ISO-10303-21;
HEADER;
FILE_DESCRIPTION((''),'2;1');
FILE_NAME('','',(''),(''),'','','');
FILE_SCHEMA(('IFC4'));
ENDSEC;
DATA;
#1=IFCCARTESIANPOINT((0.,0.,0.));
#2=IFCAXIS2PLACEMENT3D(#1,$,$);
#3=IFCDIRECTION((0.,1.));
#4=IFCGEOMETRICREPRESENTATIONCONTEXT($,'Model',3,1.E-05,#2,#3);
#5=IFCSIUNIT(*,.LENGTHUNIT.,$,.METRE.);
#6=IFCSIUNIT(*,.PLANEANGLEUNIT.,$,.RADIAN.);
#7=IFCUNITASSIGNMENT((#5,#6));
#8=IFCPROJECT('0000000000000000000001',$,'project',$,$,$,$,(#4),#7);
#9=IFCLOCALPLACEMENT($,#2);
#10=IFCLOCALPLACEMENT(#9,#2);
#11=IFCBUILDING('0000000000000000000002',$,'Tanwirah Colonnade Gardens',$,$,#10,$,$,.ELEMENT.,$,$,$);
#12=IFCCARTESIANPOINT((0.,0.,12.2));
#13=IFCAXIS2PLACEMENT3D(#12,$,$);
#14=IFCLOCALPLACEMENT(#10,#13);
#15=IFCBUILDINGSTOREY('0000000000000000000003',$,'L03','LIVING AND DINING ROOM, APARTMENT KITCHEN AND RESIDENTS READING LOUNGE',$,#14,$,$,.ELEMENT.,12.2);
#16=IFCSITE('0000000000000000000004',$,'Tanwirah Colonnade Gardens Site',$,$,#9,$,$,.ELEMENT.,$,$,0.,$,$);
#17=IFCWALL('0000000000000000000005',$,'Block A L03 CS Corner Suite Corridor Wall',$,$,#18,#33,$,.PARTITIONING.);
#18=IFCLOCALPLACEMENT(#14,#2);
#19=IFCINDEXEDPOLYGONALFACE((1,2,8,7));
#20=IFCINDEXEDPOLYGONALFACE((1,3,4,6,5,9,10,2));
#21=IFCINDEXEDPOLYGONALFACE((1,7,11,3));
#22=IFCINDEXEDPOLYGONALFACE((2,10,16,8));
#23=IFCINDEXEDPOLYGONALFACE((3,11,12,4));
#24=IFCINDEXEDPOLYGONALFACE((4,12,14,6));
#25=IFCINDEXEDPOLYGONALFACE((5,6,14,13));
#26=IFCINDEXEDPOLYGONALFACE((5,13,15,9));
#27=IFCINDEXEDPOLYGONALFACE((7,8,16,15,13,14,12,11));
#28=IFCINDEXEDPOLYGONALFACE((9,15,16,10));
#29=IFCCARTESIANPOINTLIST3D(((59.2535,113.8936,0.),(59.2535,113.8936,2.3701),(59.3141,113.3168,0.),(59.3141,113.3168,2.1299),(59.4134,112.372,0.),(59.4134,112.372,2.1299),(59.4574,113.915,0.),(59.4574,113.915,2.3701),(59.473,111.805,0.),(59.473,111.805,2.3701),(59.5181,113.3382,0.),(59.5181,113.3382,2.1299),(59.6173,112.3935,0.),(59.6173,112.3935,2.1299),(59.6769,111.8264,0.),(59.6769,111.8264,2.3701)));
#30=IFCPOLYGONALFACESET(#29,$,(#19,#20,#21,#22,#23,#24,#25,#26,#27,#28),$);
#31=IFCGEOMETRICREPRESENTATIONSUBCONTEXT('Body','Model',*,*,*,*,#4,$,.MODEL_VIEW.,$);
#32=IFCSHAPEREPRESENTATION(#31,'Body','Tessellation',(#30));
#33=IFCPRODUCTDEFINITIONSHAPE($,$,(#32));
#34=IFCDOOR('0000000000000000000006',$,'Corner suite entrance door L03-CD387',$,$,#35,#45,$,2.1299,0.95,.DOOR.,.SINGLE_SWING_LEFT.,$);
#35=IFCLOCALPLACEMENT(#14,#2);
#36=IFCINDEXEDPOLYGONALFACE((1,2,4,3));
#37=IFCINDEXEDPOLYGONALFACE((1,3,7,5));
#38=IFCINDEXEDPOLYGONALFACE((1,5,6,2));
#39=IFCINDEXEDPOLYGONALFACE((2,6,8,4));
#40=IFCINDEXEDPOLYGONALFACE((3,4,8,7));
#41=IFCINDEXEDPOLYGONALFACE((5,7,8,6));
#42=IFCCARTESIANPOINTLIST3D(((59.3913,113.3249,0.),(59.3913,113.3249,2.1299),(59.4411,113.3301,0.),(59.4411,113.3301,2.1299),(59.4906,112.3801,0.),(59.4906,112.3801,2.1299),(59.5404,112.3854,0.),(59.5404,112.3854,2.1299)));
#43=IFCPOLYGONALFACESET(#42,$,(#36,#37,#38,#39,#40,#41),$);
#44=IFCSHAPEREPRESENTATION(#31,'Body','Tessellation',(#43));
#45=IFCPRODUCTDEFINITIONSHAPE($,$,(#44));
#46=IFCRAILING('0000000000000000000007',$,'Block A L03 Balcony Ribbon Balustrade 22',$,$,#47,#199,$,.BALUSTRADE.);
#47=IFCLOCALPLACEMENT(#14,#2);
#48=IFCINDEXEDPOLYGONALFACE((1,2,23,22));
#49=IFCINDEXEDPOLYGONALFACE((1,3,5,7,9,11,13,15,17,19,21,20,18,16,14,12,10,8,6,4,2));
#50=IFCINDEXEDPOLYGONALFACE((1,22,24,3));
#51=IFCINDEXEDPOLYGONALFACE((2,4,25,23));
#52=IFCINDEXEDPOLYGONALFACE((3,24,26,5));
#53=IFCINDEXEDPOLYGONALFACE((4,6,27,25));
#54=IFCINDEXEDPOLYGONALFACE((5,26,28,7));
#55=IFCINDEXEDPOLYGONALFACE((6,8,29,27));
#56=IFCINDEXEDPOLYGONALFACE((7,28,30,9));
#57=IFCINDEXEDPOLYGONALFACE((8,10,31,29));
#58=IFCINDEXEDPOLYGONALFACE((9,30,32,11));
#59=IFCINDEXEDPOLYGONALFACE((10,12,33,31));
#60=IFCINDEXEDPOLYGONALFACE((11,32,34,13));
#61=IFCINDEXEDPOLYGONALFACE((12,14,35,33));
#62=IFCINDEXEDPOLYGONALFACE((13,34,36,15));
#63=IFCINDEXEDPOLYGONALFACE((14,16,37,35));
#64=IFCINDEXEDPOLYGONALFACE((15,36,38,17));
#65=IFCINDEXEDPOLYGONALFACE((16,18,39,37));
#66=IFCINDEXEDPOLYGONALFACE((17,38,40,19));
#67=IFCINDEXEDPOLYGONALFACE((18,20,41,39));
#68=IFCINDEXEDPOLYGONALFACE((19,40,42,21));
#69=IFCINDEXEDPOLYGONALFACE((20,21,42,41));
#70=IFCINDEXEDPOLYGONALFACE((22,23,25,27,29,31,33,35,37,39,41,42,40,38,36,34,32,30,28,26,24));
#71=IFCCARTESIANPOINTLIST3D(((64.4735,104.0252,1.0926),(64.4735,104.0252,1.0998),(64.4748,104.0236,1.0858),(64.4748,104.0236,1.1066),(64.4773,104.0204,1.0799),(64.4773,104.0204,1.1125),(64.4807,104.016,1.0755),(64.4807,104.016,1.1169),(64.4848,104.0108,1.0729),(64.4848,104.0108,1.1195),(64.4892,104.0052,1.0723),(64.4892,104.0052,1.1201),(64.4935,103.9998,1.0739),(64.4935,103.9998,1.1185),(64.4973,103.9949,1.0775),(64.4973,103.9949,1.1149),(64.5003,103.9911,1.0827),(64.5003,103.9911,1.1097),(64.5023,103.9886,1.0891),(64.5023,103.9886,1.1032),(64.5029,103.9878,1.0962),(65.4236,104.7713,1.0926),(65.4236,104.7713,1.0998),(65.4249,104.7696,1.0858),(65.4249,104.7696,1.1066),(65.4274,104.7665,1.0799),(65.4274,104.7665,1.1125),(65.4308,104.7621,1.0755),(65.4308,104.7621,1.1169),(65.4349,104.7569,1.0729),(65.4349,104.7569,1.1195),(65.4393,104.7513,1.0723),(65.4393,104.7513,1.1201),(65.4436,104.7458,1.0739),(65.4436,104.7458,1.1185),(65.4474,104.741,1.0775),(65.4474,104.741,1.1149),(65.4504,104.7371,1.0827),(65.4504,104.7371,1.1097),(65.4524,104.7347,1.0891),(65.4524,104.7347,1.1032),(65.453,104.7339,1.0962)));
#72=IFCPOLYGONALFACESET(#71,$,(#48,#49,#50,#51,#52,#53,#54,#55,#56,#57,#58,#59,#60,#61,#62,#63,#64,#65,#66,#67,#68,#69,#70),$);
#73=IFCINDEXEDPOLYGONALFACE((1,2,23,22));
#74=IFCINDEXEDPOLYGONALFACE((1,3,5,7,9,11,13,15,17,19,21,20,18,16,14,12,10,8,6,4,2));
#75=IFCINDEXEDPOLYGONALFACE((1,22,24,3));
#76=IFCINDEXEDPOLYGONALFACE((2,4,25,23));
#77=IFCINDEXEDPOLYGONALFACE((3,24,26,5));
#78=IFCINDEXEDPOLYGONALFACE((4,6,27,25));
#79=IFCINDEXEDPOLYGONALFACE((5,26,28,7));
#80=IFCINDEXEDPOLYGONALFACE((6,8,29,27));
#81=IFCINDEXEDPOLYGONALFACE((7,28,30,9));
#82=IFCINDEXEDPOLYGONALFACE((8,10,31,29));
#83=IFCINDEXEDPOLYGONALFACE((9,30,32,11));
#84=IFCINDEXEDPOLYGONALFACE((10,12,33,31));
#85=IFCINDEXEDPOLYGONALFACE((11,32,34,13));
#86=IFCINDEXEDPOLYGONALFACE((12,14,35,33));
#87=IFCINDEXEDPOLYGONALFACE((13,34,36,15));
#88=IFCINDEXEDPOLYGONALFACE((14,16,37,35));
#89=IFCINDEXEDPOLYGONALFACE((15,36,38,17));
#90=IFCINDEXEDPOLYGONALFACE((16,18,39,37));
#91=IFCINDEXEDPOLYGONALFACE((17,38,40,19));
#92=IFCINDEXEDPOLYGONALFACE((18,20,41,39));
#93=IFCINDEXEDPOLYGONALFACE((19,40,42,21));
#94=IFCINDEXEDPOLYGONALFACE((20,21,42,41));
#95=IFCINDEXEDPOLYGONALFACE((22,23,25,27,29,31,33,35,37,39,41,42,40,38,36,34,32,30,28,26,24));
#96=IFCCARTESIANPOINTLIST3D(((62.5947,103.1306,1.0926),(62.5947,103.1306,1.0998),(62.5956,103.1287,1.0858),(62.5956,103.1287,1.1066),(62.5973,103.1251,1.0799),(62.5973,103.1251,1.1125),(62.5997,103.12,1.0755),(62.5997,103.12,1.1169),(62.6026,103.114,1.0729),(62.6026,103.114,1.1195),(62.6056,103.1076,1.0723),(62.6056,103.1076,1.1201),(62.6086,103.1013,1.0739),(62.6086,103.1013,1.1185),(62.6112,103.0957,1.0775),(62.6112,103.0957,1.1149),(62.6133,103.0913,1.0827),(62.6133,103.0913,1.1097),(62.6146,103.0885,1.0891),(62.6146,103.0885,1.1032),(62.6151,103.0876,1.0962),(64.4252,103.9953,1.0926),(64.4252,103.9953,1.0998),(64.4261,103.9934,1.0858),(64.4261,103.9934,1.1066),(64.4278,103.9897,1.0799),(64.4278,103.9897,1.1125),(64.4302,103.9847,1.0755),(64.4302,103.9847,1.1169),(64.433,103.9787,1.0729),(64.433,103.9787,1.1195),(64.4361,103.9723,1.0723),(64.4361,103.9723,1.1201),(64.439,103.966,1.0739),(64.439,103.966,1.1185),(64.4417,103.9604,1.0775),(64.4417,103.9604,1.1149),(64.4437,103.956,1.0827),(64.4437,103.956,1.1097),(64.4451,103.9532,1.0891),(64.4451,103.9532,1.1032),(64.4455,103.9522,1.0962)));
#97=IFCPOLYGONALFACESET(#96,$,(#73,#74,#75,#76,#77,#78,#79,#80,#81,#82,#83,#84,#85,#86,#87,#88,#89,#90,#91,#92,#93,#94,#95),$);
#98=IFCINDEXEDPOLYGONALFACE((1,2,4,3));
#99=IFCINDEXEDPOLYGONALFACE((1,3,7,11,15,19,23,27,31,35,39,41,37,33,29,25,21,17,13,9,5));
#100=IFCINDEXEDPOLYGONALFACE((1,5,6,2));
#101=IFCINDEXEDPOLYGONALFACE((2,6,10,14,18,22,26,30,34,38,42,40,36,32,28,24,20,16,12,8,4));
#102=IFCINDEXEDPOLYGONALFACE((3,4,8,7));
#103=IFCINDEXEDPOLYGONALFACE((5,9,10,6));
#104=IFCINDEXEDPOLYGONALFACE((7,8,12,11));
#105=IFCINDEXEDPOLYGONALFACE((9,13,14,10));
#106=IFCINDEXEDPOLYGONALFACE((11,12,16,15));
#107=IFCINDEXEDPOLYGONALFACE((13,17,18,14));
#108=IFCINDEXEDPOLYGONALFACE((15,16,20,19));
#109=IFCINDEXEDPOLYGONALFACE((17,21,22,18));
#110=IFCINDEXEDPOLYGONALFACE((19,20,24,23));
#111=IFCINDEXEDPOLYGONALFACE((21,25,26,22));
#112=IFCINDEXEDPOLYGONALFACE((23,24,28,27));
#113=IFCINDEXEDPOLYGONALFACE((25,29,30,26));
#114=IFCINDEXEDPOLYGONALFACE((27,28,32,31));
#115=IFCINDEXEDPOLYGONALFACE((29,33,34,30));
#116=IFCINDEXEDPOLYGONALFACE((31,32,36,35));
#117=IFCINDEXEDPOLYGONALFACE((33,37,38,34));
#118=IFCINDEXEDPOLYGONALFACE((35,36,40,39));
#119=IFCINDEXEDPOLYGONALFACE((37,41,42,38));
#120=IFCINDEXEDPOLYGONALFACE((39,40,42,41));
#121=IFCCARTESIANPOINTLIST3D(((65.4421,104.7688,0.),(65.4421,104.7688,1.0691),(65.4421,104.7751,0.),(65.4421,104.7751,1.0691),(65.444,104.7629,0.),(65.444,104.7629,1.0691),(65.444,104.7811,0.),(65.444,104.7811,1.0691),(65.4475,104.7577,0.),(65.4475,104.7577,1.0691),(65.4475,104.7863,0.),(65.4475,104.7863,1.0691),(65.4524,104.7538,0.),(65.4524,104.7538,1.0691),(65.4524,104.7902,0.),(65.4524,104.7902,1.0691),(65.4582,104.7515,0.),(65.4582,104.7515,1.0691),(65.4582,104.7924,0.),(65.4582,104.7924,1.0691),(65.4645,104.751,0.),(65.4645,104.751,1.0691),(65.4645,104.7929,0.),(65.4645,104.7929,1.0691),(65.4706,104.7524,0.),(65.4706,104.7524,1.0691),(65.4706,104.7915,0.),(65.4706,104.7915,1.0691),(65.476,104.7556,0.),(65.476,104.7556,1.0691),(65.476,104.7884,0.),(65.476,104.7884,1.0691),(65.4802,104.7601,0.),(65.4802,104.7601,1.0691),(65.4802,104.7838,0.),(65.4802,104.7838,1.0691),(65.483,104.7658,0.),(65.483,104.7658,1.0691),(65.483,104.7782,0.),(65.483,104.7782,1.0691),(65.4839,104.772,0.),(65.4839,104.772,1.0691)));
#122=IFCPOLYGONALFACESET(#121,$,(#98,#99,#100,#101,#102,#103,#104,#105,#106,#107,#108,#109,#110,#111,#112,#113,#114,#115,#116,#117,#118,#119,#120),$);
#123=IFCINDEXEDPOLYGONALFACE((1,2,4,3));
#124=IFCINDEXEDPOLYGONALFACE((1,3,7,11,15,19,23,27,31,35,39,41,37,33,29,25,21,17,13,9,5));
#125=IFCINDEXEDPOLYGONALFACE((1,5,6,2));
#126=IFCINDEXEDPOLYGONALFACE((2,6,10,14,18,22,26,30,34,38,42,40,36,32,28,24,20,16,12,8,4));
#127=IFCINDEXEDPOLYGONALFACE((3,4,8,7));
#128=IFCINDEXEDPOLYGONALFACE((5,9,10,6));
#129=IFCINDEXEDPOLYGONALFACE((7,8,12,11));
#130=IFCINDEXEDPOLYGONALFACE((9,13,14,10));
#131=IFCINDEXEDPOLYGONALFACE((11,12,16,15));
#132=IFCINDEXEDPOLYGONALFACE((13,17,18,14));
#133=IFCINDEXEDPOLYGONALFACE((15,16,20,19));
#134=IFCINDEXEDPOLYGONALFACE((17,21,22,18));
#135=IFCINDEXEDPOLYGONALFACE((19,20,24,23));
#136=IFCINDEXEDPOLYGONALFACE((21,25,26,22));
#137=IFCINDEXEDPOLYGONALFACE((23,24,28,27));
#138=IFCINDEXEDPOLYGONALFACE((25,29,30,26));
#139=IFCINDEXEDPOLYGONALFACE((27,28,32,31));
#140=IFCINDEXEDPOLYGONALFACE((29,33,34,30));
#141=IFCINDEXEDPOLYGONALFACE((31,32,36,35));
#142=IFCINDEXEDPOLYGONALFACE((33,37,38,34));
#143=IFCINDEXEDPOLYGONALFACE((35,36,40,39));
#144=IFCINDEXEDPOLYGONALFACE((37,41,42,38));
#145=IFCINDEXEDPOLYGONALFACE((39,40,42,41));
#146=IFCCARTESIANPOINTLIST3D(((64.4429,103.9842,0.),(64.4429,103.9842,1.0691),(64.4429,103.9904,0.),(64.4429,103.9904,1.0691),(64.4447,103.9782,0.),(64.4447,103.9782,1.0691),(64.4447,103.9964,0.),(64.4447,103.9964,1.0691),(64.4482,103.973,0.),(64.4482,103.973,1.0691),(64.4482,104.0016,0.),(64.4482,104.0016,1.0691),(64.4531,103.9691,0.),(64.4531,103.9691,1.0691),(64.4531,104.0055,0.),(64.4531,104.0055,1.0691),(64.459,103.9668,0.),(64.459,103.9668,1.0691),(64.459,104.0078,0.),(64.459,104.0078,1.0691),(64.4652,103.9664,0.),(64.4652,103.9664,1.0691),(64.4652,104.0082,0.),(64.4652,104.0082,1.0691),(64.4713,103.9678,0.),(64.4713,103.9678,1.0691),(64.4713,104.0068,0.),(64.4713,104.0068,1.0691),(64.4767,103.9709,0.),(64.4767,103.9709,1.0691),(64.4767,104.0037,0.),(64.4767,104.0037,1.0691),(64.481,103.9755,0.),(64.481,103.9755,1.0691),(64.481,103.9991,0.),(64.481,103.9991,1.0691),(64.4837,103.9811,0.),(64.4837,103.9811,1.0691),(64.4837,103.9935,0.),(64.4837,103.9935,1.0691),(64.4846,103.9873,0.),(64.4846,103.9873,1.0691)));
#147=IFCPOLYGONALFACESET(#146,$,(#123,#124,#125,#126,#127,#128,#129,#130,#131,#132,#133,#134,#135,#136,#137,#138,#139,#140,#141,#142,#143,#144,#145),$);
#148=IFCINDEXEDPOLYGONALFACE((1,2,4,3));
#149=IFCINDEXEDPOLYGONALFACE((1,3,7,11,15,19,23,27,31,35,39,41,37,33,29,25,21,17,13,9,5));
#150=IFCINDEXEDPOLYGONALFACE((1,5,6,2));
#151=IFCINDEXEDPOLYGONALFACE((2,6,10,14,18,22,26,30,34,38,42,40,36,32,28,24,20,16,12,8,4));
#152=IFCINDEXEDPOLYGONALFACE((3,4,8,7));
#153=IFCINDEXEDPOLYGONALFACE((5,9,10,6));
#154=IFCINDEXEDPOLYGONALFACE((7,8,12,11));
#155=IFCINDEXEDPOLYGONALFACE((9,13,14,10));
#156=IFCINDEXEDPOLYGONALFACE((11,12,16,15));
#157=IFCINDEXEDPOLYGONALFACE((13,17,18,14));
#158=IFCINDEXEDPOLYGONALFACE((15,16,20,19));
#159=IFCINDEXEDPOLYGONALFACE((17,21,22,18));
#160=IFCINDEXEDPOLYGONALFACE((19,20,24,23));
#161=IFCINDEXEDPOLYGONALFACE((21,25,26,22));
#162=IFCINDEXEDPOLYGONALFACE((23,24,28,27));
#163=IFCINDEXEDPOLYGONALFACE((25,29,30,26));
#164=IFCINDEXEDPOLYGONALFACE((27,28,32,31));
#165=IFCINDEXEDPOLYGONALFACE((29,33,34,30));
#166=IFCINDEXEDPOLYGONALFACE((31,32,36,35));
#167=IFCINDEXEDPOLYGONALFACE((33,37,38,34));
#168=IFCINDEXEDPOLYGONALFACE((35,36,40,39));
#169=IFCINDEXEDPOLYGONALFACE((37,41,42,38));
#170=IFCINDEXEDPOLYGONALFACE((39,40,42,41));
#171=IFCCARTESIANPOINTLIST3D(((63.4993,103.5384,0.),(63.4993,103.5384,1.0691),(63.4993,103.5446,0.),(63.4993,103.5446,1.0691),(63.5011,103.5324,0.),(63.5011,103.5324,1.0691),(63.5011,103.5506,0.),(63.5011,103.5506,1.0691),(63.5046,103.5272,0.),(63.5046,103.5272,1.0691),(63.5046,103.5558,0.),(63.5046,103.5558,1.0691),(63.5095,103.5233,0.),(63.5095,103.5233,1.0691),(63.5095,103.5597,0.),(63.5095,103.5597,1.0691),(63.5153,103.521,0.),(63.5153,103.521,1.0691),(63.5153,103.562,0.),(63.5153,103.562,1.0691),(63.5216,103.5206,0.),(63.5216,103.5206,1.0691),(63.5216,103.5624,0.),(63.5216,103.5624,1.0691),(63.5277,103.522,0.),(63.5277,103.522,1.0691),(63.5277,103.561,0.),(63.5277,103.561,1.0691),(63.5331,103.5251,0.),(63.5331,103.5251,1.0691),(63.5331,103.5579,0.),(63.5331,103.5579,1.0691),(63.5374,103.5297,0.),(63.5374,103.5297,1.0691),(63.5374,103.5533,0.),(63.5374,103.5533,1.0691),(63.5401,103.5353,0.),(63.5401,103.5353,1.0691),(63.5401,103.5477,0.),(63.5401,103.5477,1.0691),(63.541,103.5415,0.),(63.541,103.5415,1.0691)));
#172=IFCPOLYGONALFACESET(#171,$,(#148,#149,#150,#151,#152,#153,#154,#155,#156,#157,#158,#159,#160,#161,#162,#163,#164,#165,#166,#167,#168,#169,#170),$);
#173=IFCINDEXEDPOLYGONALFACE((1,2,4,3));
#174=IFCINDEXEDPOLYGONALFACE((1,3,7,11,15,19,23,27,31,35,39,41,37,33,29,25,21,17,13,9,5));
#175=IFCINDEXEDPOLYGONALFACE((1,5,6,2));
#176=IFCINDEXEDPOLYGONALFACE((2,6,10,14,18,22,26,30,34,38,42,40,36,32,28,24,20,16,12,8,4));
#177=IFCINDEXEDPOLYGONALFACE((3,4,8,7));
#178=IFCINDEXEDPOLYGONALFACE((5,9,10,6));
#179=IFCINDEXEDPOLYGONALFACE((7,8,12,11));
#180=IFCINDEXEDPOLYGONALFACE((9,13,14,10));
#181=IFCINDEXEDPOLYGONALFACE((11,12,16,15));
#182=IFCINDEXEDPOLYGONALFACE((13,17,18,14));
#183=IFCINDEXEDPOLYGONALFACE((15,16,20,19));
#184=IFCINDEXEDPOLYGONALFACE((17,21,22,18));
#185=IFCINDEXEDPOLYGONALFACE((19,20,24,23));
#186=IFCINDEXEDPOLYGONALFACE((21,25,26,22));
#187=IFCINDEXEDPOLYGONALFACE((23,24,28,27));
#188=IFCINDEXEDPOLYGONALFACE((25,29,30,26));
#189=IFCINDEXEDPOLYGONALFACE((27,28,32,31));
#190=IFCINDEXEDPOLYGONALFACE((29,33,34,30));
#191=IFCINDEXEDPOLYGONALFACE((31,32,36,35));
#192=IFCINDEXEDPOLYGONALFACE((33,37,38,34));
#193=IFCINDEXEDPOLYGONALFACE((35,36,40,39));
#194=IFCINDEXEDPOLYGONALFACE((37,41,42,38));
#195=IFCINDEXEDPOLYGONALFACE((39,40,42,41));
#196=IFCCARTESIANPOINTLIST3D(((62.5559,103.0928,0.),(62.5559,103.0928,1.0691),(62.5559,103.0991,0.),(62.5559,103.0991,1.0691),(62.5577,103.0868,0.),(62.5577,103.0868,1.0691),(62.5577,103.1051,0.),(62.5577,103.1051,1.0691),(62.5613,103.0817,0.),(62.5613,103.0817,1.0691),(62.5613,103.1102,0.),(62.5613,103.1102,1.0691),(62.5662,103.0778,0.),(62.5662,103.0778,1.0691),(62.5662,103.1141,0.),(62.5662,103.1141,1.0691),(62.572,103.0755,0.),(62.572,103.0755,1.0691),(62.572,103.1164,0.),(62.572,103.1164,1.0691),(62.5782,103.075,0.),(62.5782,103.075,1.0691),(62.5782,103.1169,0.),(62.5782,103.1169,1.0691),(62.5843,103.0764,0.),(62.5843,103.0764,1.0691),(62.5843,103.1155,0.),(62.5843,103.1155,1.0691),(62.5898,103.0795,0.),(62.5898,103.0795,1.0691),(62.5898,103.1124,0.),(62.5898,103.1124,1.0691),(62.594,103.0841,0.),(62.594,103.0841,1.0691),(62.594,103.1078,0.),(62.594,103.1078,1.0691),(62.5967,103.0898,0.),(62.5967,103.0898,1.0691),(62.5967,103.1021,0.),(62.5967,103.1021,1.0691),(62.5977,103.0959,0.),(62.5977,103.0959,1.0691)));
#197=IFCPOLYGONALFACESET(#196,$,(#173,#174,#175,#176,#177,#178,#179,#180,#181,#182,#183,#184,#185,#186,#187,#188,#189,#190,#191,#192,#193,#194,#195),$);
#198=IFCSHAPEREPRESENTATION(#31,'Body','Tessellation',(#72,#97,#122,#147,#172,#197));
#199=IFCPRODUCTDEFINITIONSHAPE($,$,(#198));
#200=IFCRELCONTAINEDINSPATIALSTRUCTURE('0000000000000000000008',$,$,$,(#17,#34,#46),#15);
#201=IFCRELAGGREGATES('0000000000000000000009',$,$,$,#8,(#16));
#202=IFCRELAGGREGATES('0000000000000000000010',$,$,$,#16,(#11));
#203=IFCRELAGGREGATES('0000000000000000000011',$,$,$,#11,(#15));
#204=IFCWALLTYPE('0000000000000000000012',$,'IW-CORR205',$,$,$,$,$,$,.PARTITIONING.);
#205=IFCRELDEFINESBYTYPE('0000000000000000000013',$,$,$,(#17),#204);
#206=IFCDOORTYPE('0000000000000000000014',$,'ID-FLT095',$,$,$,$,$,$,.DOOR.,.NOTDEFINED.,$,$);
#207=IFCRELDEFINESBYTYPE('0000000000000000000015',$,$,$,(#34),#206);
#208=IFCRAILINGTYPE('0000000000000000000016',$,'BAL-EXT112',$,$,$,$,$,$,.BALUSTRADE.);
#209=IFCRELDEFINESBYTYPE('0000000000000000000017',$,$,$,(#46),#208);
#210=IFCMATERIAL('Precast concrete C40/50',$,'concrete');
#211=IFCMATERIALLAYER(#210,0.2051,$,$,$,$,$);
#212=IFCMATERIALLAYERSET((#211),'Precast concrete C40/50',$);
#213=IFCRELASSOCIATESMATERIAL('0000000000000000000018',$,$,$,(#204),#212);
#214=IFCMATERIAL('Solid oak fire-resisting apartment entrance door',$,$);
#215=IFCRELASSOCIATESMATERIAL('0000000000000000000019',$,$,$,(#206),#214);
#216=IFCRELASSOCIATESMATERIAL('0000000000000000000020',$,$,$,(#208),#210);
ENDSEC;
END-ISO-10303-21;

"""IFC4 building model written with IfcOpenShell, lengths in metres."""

from ifc_helpers import new_model, si_unit, direction, frame, frame_2d, origin, origin_2d, place, context, subcontext, project, spatial, rectangle, circle, extrude, material, layer, layer_set, type_object, element, fill, save


model = new_model("IFC4")

# Units and contexts
model_context = context("Model", 3, precision=1e-05, world=origin(), true_north=direction((0.0, 1.0)))
body_context = subcontext(model_context, "Body", "Model", "MODEL_VIEW")
ifc_project = project(units=[si_unit("LENGTHUNIT", "METRE"), si_unit("PLANEANGLEUNIT", "RADIAN")], contexts=[model_context])

# Site, building, storey
site_placement = place(None, origin())
site = spatial("IfcSite", under=ifc_project, at=site_placement, Name="Tanwirah Colonnade Gardens Site", CompositionType="ELEMENT", RefElevation=0.0)
building_placement = place(site_placement, origin())
building = spatial("IfcBuilding", under=site, at=building_placement, Name="Tanwirah Colonnade Gardens", CompositionType="ELEMENT")
storey_placement = place(building_placement, frame((0.0, 0.0, 12.2)))
storey = spatial("IfcBuildingStorey", under=building, at=storey_placement, Name="L03", Description="LIVING AND DINING ROOM, APARTMENT KITCHEN AND RESIDENTS READING LOUNGE", CompositionType="ELEMENT", Elevation=12.2)

# Shared definitions
ifc_material_1 = material(Name="Precast concrete C40/50", Category="concrete")

# Wall, opening, door
ifc_layer_1 = layer(ifc_material_1, 0.2051)
ifc_layer_set_1 = layer_set([ifc_layer_1], Name="Precast concrete C40/50")
wall_type_1 = type_object("IfcWallType", Name="IW-CORR205", PredefinedType="PARTITIONING", material=ifc_layer_set_1)
ifc_material_2 = material(Name="Solid oak fire-resisting apartment entrance door")
wall_1_placement = place(storey_placement, frame((59.575, 111.8157, 0.0), z_axis=(0.0, 0.0, 1.0), x_axis=(-0.104509, 0.994524, 0.0)))
wall_1 = element("IfcWall", 1, at=wall_1_placement, inside=storey, type_object=wall_type_1, Name="Block A L03 CS Corner Suite Corridor Wall", PredefinedType="PARTITIONING", context=body_context, shape_type="SweptSolid", body=[
    extrude(rectangle(XDim=2.1001, YDim=0.2051, at=frame_2d((1.05, 0.0))), origin(), (0.0, 0.0, 1.0), 2.3701),
])
opening_1_placement = place(wall_1_placement, frame((0.5701, 0.0, 0.0)))
opening_1 = element("IfcOpeningElement", 2, at=opening_1_placement, cuts=wall_1, PredefinedType="OPENING", context=body_context, shape_type="SweptSolid", body=[
    extrude(rectangle(XDim=0.95, YDim=2.1299, at=frame_2d((0.4751, 1.0649))), frame((0.0, 0.1125, 0.0), z_axis=(0.0, -1.0, 0.0), x_axis=(1.0, 0.0, 0.0)), (0.0, 0.0, 1.0), 0.2251),
])
door_type_1 = type_object("IfcDoorType", Name="ID-FLT095", OperationType="NOTDEFINED", PredefinedType="DOOR", material=ifc_material_2)
door_1_placement = place(opening_1_placement, origin())
door_1 = element("IfcDoor", 3, at=door_1_placement, inside=storey, type_object=door_type_1, Name="Corner suite entrance door L03-CD387", OperationType="SINGLE_SWING_LEFT", OverallHeight=2.1299, OverallWidth=0.95, PredefinedType="DOOR", context=body_context, shape_type="SweptSolid", body=[
    extrude(rectangle(XDim=0.95, YDim=2.1299, at=frame_2d((0.4751, 1.0649))), frame((0.0, 0.0249, 0.0), z_axis=(0.0, -1.0, 0.0), x_axis=(1.0, 0.0, 0.0)), (0.0, 0.0, 1.0), 0.05),
])
fill(opening_1, door_1)

# Railing
railing_type = type_object("IfcRailingType", Name="BAL-EXT112", PredefinedType="BALUSTRADE", material=ifc_material_1)
railing_1_placement = place(storey_placement, frame((65.4629, 104.772, 0.0)))
element("IfcRailing", 4, at=railing_1_placement, inside=storey, type_object=railing_type, Name="Block A L03 Balcony Ribbon Balustrade 22", PredefinedType="BALUSTRADE", context=body_context, shape_type="SweptSolid", body=[
    extrude(circle(Radius=0.0239, at=origin_2d()), frame((-0.0247, -0.0193, 1.0962), z_axis=(-0.786498, -0.617592, 0.0), x_axis=(0.617592, -0.786498, 0.0)), (0.0, 0.0, 1.0), 1.208),
    extrude(circle(Radius=0.0239, at=origin_2d()), frame((-1.0276, -0.7981, 1.0962), z_axis=(-0.904195, -0.427121, 0.0), x_axis=(0.427121, -0.904195, 0.0)), (0.0, 0.0, 1.0), 2.0244),
    extrude(circle(Radius=0.021, at=origin_2d()), origin(), (0.0, 0.0, 1.0), 1.0691),
    extrude(circle(Radius=0.021, at=origin_2d()), frame((-0.9993, -0.7847, 0.0)), (0.0, 0.0, 1.0), 1.0691),
    extrude(circle(Radius=0.021, at=origin_2d()), frame((-1.9429, -1.2305, 0.0)), (0.0, 0.0, 1.0), 1.0691),
    extrude(circle(Radius=0.021, at=origin_2d()), frame((-2.8862, -1.676, 0.0)), (0.0, 0.0, 1.0), 1.0691),
])

save(model, "model.ifc")
